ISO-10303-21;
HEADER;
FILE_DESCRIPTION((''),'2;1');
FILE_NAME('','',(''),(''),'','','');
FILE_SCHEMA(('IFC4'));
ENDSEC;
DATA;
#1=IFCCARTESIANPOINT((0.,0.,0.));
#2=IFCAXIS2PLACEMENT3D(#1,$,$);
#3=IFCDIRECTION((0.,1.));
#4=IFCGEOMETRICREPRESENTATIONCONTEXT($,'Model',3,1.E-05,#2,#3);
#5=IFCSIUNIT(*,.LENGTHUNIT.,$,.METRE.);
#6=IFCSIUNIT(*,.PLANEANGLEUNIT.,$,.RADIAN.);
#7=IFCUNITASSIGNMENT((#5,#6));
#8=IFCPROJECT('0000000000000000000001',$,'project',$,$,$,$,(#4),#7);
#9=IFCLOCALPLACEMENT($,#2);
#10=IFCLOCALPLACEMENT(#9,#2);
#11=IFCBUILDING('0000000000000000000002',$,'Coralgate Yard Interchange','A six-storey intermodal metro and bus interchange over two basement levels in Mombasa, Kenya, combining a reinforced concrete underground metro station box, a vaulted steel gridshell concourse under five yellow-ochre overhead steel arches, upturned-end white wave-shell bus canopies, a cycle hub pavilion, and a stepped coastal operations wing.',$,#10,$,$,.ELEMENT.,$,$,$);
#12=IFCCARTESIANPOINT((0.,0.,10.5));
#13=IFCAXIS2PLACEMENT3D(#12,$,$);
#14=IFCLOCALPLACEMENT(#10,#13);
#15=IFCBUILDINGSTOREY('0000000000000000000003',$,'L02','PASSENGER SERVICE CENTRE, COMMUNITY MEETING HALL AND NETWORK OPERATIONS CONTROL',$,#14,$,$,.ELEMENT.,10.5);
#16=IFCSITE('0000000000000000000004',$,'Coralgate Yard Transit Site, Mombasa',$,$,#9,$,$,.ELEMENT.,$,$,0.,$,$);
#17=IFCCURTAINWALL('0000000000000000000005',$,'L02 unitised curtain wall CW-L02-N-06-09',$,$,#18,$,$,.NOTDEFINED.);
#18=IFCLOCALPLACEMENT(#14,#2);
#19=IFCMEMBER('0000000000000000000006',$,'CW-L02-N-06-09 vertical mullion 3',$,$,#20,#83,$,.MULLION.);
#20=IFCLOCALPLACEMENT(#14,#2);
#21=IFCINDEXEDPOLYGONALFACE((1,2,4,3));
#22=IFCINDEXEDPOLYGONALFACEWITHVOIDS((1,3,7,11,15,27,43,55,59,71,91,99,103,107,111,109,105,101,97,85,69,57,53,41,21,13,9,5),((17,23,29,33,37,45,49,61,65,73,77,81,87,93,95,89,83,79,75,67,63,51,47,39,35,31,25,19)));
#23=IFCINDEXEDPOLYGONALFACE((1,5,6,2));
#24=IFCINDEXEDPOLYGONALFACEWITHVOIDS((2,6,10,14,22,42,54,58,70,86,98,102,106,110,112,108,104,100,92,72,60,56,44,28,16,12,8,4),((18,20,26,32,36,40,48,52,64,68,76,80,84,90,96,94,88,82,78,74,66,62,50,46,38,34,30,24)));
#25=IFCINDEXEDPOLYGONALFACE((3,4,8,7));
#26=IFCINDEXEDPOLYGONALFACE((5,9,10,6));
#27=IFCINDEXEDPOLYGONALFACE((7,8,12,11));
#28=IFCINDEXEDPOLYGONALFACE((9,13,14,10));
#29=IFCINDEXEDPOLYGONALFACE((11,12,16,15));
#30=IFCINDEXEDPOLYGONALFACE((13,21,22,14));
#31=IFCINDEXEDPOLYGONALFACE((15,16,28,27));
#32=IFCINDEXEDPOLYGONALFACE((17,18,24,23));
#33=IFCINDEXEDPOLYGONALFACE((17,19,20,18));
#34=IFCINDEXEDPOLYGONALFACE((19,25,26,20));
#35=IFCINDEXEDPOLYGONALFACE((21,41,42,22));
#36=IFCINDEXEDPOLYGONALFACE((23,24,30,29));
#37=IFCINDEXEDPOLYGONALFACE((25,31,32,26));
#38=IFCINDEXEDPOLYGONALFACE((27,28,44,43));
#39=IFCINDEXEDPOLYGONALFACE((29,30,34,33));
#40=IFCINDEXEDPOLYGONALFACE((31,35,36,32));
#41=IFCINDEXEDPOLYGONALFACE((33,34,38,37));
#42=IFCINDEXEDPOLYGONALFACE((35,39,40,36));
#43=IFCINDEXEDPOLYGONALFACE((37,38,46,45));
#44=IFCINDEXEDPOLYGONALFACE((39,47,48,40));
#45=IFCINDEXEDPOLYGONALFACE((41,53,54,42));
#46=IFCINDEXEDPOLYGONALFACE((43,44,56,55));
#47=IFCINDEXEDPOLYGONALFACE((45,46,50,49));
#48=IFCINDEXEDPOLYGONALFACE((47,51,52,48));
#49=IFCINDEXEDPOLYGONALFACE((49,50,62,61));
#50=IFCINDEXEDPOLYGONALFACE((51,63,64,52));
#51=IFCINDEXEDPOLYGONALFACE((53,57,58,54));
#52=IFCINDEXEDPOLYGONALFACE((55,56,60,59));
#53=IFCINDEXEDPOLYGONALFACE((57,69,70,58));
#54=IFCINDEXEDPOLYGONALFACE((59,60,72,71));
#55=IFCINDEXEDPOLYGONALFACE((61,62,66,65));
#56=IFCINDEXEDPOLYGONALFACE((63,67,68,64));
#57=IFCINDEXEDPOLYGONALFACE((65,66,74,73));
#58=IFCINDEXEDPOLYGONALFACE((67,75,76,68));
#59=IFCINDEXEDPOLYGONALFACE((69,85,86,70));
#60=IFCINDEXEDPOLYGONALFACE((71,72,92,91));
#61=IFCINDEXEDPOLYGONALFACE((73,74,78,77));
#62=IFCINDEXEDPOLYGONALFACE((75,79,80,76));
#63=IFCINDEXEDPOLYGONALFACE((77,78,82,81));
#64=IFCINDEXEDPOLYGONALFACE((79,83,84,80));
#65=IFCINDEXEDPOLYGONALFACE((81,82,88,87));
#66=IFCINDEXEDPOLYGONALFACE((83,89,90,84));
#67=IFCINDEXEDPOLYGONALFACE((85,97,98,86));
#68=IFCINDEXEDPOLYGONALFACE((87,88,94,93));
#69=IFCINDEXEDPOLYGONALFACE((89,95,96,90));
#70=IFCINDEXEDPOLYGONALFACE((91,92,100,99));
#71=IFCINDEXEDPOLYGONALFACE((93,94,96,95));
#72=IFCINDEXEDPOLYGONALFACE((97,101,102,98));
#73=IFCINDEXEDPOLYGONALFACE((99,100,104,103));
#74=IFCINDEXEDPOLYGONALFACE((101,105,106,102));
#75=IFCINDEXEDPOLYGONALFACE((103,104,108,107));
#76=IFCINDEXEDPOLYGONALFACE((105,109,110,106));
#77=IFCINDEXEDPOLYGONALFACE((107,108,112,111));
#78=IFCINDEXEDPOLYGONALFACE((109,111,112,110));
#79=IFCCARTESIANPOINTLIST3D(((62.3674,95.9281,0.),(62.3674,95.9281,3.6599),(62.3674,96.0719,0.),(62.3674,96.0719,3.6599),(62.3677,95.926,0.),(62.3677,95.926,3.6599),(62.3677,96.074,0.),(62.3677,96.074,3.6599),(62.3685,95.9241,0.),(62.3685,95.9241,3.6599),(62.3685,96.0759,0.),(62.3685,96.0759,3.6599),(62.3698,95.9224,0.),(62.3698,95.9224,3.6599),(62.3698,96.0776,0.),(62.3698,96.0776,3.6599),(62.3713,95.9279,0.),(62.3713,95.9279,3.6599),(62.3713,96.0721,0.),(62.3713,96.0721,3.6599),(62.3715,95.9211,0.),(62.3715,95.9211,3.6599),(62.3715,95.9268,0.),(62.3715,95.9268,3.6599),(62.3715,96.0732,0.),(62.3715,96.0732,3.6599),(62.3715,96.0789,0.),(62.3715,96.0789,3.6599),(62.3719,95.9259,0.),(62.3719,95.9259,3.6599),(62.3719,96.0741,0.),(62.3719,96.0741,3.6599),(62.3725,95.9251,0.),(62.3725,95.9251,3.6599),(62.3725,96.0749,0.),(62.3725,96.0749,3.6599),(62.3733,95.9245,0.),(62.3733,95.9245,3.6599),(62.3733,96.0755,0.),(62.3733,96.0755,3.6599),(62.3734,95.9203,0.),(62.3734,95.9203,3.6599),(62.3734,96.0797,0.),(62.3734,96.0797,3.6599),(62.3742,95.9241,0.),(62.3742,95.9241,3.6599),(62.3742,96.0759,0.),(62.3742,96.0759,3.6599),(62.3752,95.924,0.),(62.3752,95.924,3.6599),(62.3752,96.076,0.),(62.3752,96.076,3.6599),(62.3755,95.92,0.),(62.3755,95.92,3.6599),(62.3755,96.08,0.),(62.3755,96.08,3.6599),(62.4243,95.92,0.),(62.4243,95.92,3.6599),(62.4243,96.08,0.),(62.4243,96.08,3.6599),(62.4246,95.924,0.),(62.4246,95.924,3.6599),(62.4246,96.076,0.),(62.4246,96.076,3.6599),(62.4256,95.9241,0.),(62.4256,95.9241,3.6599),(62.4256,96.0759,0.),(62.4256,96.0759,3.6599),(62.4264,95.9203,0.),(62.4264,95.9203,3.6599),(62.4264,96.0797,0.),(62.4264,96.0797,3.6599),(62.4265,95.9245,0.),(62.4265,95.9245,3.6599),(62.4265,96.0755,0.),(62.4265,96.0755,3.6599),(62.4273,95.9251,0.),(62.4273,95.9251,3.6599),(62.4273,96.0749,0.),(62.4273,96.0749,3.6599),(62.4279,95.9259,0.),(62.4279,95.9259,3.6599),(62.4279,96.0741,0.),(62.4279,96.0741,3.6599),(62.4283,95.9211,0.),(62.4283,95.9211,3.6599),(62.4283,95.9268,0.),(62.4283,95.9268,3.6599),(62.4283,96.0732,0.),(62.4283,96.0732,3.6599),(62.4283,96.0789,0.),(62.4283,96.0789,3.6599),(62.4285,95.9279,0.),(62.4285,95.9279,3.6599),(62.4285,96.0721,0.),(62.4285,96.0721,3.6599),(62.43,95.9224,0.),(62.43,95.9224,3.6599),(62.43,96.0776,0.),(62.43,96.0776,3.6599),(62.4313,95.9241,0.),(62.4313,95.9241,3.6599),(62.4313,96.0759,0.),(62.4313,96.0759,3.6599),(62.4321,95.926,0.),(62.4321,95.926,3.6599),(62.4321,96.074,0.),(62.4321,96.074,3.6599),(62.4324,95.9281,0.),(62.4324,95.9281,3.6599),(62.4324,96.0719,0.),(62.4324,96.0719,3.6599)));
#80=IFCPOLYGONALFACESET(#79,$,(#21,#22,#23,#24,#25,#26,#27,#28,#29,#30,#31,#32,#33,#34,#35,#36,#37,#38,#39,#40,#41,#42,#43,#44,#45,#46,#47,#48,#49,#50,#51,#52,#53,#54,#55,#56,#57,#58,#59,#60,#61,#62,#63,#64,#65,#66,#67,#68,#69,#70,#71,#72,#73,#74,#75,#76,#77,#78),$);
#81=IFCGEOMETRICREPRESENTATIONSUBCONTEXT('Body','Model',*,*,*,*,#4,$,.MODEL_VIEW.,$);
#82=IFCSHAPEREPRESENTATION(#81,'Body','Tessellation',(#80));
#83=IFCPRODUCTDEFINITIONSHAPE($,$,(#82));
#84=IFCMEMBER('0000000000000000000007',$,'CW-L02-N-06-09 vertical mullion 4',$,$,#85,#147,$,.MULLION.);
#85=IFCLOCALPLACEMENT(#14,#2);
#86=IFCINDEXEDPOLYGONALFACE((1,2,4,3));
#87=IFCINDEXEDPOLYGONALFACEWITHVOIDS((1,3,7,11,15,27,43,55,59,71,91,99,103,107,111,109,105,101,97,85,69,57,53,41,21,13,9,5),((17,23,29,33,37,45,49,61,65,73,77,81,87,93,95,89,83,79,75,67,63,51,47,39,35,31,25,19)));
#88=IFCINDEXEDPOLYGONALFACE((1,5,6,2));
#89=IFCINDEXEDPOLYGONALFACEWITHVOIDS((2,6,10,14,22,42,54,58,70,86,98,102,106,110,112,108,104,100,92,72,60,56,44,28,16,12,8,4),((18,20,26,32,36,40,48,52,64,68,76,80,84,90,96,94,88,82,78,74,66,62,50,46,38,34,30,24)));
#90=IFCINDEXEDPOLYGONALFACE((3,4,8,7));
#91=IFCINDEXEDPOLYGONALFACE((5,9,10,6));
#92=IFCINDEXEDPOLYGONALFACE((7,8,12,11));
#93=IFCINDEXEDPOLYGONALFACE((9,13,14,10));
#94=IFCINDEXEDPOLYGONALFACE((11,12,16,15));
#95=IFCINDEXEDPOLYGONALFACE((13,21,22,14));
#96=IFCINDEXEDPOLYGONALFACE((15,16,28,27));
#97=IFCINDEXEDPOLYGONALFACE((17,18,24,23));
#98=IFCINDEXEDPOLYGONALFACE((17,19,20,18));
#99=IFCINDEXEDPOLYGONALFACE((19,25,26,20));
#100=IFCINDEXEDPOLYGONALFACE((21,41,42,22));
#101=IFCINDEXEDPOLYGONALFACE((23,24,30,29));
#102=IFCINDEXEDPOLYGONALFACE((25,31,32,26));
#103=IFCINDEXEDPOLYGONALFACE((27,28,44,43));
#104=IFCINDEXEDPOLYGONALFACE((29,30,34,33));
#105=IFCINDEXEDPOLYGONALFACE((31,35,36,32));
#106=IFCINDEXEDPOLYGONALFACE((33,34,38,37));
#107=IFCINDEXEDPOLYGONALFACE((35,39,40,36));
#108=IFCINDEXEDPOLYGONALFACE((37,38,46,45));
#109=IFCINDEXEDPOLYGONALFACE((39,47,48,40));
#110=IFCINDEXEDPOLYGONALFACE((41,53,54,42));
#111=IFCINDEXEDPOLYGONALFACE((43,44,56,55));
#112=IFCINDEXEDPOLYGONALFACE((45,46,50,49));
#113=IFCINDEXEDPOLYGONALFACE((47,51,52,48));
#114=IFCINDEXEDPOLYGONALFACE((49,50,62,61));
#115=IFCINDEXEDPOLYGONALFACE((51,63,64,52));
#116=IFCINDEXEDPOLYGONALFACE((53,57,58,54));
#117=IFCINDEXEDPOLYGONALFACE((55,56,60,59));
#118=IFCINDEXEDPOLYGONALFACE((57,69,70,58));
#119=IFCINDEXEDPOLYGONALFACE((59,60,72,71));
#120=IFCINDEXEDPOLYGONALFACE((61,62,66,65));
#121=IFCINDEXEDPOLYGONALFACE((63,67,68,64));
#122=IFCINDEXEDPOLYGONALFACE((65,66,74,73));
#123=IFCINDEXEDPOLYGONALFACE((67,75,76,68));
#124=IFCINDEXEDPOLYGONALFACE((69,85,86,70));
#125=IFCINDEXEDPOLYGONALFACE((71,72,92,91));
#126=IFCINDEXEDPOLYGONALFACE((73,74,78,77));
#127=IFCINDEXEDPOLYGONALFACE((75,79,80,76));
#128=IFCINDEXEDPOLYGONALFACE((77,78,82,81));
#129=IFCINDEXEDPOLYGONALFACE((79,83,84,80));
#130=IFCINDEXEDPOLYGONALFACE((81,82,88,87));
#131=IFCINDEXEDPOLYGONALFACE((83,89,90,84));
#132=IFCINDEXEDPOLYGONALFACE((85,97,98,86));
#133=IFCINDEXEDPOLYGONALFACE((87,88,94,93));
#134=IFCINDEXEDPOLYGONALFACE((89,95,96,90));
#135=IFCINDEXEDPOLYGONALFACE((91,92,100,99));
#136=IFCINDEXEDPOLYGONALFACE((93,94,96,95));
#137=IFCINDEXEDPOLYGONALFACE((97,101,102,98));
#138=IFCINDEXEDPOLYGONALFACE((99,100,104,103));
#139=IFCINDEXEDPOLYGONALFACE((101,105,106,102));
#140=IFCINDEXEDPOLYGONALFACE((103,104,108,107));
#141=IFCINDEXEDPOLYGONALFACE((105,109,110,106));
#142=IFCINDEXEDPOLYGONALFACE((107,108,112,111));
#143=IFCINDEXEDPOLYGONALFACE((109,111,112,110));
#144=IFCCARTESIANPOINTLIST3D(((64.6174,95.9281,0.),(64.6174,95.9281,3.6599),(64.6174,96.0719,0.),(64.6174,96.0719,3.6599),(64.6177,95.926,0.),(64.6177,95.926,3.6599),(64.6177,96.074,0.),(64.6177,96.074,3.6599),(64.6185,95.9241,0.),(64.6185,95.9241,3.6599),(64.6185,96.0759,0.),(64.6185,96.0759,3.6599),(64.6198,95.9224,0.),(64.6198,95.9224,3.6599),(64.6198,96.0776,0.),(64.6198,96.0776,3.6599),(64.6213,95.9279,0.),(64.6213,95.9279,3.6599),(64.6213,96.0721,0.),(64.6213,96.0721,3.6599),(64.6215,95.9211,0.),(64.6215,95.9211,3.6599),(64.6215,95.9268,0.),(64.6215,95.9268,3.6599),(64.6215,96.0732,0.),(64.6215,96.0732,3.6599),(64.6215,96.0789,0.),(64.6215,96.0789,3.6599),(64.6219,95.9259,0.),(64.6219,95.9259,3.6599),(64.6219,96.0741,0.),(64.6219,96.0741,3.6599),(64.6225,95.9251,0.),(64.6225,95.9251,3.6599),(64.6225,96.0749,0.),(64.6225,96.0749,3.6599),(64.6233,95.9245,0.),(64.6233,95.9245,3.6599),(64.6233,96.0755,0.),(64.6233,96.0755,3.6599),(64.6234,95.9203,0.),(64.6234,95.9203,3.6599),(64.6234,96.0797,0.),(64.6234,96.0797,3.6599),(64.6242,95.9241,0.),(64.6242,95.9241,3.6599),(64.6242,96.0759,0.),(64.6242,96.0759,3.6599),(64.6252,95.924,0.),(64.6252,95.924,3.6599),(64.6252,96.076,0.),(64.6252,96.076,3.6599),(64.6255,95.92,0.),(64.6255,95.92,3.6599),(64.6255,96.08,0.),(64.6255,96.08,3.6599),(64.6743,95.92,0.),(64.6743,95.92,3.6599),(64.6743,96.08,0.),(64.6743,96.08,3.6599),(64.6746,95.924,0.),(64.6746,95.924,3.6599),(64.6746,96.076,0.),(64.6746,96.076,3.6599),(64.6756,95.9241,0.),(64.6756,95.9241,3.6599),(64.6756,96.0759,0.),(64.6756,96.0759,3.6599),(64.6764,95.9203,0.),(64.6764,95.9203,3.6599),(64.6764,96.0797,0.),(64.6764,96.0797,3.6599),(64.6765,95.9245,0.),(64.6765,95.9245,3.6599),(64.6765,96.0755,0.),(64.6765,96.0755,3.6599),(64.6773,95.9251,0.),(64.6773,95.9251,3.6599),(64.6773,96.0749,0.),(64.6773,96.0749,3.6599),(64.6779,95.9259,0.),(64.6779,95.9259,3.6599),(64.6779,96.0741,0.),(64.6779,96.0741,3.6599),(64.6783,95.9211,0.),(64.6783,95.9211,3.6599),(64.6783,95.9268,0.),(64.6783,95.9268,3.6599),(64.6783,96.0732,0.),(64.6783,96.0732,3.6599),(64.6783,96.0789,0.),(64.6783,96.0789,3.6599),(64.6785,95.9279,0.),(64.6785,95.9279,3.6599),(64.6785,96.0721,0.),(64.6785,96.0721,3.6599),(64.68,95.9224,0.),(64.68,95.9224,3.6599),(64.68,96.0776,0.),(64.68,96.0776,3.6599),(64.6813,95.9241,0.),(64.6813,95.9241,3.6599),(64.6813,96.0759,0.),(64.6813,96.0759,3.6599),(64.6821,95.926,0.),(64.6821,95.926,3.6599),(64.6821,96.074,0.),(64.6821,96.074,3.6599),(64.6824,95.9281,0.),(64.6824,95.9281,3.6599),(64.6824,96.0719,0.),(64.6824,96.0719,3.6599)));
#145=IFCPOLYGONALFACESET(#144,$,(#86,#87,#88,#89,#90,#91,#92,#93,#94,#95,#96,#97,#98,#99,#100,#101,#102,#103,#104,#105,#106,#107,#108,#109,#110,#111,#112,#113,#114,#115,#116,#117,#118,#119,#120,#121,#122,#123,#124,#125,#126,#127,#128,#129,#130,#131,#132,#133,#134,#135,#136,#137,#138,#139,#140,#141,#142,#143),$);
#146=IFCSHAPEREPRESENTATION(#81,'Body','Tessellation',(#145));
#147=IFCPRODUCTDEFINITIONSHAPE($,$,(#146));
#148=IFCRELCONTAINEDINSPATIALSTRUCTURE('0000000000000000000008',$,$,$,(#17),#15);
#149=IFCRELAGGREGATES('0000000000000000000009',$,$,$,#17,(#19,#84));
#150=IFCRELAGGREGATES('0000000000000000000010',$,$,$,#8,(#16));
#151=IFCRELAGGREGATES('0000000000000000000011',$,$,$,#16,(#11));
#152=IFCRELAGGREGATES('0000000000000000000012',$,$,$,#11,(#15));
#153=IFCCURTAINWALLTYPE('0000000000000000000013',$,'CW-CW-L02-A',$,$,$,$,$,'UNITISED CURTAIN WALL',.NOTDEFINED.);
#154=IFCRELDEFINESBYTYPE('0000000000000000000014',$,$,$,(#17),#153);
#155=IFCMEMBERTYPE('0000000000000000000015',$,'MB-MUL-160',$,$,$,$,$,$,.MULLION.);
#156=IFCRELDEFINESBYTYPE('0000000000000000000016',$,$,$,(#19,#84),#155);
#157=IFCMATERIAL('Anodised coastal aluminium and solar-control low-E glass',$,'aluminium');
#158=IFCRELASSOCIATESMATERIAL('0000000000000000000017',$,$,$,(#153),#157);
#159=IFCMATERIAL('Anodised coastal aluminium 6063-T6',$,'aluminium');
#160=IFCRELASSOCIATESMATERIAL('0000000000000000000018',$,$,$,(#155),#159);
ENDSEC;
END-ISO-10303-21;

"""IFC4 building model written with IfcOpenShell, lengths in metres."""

from ifc_helpers import new_model, si_unit, direction, frame, origin, origin_2d, place, context, subcontext, project, spatial, hollow_rectangle, extrude, material, material_profile, profile_set, type_object, element, aggregate, save


model = new_model("IFC4")

# Units and contexts
model_context = context("Model", 3, precision=1e-05, world=origin(), true_north=direction((0.0, 1.0)))
body_context = subcontext(model_context, "Body", "Model", "MODEL_VIEW")
ifc_project = project(units=[si_unit("LENGTHUNIT", "METRE"), si_unit("PLANEANGLEUNIT", "RADIAN")], contexts=[model_context])

# Site, building, storey
site_placement = place(None, origin())
site = spatial("IfcSite", under=ifc_project, at=site_placement, Name="Coralgate Yard Transit Site, Mombasa", CompositionType="ELEMENT", RefElevation=0.0)
building_placement = place(site_placement, origin())
building = spatial("IfcBuilding", under=site, at=building_placement, Name="Coralgate Yard Interchange", Description="A six-storey intermodal metro and bus interchange over two basement levels in Mombasa, Kenya, combining a reinforced concrete underground metro station box, a vaulted steel gridshell concourse under five yellow-ochre overhead steel arches, upturned-end white wave-shell bus canopies, a cycle hub pavilion, and a stepped coastal operations wing.", CompositionType="ELEMENT")
storey_placement = place(building_placement, frame((0.0, 0.0, 10.5)))
storey = spatial("IfcBuildingStorey", under=building, at=storey_placement, Name="L02", Description="PASSENGER SERVICE CENTRE, COMMUNITY MEETING HALL AND NETWORK OPERATIONS CONTROL", CompositionType="ELEMENT", Elevation=10.5)

# Curtain wall, members
ifc_material_1 = material(Name="Anodised coastal aluminium and solar-control low-E glass", Category="aluminium")
curtain_wall_type = type_object("IfcCurtainWallType", Name="CW-CW-L02-A", ElementType="UNITISED CURTAIN WALL", PredefinedType="NOTDEFINED", material=ifc_material_1)
curtain_wall_placement = place(storey_placement, origin())
curtain_wall = element("IfcCurtainWall", 1, at=curtain_wall_placement, inside=storey, type_object=curtain_wall_type, Name="L02 unitised curtain wall CW-L02-N-06-09", PredefinedType="NOTDEFINED")
ifc_material_2 = material(Name="Anodised coastal aluminium 6063-T6", Category="aluminium")
ifc_material_profile_1 = material_profile(ifc_material_2, hollow_rectangle(XDim=0.0649, YDim=0.1599, WallThickness=0.0039, InnerFilletRadius=0.0039, OuterFilletRadius=0.0081, at=origin_2d()), Name="ALU 65x160x4")
ifc_profile_set_1 = profile_set([ifc_material_profile_1], Name="Anodised coastal aluminium 6063-T6")
member_type_1 = type_object("IfcMemberType", Name="MB-MUL-160", PredefinedType="MULLION", material=ifc_profile_set_1)
member_1_placement = place(storey_placement, frame((62.3999, 96.0, 0.0), z_axis=(0.0, 0.0, 1.0), x_axis=(1.0, 0.0, 0.0)))
member_1 = element("IfcMember", 2, at=member_1_placement, type_object=member_type_1, Name="CW-L02-N-06-09 vertical mullion 3", PredefinedType="MULLION", context=body_context, shape_type="SweptSolid", body=[
    extrude(hollow_rectangle(XDim=0.0649, YDim=0.1599, WallThickness=0.0039, InnerFilletRadius=0.0039, OuterFilletRadius=0.0081, at=origin_2d()), origin(), (0.0, 0.0, 1.0), 3.6599),
])
member_2_placement = place(storey_placement, frame((64.6499, 96.0, 0.0), z_axis=(0.0, 0.0, 1.0), x_axis=(1.0, 0.0, 0.0)))
member_2 = element("IfcMember", 3, at=member_2_placement, type_object=member_type_1, Name="CW-L02-N-06-09 vertical mullion 4", PredefinedType="MULLION", context=body_context, shape_type="SweptSolid", body=[
    extrude(hollow_rectangle(XDim=0.0649, YDim=0.1599, WallThickness=0.0039, InnerFilletRadius=0.0039, OuterFilletRadius=0.0081, at=origin_2d()), origin(), (0.0, 0.0, 1.0), 3.6599),
])
aggregate(curtain_wall, [member_1, member_2])

save(model, "model.ifc")
